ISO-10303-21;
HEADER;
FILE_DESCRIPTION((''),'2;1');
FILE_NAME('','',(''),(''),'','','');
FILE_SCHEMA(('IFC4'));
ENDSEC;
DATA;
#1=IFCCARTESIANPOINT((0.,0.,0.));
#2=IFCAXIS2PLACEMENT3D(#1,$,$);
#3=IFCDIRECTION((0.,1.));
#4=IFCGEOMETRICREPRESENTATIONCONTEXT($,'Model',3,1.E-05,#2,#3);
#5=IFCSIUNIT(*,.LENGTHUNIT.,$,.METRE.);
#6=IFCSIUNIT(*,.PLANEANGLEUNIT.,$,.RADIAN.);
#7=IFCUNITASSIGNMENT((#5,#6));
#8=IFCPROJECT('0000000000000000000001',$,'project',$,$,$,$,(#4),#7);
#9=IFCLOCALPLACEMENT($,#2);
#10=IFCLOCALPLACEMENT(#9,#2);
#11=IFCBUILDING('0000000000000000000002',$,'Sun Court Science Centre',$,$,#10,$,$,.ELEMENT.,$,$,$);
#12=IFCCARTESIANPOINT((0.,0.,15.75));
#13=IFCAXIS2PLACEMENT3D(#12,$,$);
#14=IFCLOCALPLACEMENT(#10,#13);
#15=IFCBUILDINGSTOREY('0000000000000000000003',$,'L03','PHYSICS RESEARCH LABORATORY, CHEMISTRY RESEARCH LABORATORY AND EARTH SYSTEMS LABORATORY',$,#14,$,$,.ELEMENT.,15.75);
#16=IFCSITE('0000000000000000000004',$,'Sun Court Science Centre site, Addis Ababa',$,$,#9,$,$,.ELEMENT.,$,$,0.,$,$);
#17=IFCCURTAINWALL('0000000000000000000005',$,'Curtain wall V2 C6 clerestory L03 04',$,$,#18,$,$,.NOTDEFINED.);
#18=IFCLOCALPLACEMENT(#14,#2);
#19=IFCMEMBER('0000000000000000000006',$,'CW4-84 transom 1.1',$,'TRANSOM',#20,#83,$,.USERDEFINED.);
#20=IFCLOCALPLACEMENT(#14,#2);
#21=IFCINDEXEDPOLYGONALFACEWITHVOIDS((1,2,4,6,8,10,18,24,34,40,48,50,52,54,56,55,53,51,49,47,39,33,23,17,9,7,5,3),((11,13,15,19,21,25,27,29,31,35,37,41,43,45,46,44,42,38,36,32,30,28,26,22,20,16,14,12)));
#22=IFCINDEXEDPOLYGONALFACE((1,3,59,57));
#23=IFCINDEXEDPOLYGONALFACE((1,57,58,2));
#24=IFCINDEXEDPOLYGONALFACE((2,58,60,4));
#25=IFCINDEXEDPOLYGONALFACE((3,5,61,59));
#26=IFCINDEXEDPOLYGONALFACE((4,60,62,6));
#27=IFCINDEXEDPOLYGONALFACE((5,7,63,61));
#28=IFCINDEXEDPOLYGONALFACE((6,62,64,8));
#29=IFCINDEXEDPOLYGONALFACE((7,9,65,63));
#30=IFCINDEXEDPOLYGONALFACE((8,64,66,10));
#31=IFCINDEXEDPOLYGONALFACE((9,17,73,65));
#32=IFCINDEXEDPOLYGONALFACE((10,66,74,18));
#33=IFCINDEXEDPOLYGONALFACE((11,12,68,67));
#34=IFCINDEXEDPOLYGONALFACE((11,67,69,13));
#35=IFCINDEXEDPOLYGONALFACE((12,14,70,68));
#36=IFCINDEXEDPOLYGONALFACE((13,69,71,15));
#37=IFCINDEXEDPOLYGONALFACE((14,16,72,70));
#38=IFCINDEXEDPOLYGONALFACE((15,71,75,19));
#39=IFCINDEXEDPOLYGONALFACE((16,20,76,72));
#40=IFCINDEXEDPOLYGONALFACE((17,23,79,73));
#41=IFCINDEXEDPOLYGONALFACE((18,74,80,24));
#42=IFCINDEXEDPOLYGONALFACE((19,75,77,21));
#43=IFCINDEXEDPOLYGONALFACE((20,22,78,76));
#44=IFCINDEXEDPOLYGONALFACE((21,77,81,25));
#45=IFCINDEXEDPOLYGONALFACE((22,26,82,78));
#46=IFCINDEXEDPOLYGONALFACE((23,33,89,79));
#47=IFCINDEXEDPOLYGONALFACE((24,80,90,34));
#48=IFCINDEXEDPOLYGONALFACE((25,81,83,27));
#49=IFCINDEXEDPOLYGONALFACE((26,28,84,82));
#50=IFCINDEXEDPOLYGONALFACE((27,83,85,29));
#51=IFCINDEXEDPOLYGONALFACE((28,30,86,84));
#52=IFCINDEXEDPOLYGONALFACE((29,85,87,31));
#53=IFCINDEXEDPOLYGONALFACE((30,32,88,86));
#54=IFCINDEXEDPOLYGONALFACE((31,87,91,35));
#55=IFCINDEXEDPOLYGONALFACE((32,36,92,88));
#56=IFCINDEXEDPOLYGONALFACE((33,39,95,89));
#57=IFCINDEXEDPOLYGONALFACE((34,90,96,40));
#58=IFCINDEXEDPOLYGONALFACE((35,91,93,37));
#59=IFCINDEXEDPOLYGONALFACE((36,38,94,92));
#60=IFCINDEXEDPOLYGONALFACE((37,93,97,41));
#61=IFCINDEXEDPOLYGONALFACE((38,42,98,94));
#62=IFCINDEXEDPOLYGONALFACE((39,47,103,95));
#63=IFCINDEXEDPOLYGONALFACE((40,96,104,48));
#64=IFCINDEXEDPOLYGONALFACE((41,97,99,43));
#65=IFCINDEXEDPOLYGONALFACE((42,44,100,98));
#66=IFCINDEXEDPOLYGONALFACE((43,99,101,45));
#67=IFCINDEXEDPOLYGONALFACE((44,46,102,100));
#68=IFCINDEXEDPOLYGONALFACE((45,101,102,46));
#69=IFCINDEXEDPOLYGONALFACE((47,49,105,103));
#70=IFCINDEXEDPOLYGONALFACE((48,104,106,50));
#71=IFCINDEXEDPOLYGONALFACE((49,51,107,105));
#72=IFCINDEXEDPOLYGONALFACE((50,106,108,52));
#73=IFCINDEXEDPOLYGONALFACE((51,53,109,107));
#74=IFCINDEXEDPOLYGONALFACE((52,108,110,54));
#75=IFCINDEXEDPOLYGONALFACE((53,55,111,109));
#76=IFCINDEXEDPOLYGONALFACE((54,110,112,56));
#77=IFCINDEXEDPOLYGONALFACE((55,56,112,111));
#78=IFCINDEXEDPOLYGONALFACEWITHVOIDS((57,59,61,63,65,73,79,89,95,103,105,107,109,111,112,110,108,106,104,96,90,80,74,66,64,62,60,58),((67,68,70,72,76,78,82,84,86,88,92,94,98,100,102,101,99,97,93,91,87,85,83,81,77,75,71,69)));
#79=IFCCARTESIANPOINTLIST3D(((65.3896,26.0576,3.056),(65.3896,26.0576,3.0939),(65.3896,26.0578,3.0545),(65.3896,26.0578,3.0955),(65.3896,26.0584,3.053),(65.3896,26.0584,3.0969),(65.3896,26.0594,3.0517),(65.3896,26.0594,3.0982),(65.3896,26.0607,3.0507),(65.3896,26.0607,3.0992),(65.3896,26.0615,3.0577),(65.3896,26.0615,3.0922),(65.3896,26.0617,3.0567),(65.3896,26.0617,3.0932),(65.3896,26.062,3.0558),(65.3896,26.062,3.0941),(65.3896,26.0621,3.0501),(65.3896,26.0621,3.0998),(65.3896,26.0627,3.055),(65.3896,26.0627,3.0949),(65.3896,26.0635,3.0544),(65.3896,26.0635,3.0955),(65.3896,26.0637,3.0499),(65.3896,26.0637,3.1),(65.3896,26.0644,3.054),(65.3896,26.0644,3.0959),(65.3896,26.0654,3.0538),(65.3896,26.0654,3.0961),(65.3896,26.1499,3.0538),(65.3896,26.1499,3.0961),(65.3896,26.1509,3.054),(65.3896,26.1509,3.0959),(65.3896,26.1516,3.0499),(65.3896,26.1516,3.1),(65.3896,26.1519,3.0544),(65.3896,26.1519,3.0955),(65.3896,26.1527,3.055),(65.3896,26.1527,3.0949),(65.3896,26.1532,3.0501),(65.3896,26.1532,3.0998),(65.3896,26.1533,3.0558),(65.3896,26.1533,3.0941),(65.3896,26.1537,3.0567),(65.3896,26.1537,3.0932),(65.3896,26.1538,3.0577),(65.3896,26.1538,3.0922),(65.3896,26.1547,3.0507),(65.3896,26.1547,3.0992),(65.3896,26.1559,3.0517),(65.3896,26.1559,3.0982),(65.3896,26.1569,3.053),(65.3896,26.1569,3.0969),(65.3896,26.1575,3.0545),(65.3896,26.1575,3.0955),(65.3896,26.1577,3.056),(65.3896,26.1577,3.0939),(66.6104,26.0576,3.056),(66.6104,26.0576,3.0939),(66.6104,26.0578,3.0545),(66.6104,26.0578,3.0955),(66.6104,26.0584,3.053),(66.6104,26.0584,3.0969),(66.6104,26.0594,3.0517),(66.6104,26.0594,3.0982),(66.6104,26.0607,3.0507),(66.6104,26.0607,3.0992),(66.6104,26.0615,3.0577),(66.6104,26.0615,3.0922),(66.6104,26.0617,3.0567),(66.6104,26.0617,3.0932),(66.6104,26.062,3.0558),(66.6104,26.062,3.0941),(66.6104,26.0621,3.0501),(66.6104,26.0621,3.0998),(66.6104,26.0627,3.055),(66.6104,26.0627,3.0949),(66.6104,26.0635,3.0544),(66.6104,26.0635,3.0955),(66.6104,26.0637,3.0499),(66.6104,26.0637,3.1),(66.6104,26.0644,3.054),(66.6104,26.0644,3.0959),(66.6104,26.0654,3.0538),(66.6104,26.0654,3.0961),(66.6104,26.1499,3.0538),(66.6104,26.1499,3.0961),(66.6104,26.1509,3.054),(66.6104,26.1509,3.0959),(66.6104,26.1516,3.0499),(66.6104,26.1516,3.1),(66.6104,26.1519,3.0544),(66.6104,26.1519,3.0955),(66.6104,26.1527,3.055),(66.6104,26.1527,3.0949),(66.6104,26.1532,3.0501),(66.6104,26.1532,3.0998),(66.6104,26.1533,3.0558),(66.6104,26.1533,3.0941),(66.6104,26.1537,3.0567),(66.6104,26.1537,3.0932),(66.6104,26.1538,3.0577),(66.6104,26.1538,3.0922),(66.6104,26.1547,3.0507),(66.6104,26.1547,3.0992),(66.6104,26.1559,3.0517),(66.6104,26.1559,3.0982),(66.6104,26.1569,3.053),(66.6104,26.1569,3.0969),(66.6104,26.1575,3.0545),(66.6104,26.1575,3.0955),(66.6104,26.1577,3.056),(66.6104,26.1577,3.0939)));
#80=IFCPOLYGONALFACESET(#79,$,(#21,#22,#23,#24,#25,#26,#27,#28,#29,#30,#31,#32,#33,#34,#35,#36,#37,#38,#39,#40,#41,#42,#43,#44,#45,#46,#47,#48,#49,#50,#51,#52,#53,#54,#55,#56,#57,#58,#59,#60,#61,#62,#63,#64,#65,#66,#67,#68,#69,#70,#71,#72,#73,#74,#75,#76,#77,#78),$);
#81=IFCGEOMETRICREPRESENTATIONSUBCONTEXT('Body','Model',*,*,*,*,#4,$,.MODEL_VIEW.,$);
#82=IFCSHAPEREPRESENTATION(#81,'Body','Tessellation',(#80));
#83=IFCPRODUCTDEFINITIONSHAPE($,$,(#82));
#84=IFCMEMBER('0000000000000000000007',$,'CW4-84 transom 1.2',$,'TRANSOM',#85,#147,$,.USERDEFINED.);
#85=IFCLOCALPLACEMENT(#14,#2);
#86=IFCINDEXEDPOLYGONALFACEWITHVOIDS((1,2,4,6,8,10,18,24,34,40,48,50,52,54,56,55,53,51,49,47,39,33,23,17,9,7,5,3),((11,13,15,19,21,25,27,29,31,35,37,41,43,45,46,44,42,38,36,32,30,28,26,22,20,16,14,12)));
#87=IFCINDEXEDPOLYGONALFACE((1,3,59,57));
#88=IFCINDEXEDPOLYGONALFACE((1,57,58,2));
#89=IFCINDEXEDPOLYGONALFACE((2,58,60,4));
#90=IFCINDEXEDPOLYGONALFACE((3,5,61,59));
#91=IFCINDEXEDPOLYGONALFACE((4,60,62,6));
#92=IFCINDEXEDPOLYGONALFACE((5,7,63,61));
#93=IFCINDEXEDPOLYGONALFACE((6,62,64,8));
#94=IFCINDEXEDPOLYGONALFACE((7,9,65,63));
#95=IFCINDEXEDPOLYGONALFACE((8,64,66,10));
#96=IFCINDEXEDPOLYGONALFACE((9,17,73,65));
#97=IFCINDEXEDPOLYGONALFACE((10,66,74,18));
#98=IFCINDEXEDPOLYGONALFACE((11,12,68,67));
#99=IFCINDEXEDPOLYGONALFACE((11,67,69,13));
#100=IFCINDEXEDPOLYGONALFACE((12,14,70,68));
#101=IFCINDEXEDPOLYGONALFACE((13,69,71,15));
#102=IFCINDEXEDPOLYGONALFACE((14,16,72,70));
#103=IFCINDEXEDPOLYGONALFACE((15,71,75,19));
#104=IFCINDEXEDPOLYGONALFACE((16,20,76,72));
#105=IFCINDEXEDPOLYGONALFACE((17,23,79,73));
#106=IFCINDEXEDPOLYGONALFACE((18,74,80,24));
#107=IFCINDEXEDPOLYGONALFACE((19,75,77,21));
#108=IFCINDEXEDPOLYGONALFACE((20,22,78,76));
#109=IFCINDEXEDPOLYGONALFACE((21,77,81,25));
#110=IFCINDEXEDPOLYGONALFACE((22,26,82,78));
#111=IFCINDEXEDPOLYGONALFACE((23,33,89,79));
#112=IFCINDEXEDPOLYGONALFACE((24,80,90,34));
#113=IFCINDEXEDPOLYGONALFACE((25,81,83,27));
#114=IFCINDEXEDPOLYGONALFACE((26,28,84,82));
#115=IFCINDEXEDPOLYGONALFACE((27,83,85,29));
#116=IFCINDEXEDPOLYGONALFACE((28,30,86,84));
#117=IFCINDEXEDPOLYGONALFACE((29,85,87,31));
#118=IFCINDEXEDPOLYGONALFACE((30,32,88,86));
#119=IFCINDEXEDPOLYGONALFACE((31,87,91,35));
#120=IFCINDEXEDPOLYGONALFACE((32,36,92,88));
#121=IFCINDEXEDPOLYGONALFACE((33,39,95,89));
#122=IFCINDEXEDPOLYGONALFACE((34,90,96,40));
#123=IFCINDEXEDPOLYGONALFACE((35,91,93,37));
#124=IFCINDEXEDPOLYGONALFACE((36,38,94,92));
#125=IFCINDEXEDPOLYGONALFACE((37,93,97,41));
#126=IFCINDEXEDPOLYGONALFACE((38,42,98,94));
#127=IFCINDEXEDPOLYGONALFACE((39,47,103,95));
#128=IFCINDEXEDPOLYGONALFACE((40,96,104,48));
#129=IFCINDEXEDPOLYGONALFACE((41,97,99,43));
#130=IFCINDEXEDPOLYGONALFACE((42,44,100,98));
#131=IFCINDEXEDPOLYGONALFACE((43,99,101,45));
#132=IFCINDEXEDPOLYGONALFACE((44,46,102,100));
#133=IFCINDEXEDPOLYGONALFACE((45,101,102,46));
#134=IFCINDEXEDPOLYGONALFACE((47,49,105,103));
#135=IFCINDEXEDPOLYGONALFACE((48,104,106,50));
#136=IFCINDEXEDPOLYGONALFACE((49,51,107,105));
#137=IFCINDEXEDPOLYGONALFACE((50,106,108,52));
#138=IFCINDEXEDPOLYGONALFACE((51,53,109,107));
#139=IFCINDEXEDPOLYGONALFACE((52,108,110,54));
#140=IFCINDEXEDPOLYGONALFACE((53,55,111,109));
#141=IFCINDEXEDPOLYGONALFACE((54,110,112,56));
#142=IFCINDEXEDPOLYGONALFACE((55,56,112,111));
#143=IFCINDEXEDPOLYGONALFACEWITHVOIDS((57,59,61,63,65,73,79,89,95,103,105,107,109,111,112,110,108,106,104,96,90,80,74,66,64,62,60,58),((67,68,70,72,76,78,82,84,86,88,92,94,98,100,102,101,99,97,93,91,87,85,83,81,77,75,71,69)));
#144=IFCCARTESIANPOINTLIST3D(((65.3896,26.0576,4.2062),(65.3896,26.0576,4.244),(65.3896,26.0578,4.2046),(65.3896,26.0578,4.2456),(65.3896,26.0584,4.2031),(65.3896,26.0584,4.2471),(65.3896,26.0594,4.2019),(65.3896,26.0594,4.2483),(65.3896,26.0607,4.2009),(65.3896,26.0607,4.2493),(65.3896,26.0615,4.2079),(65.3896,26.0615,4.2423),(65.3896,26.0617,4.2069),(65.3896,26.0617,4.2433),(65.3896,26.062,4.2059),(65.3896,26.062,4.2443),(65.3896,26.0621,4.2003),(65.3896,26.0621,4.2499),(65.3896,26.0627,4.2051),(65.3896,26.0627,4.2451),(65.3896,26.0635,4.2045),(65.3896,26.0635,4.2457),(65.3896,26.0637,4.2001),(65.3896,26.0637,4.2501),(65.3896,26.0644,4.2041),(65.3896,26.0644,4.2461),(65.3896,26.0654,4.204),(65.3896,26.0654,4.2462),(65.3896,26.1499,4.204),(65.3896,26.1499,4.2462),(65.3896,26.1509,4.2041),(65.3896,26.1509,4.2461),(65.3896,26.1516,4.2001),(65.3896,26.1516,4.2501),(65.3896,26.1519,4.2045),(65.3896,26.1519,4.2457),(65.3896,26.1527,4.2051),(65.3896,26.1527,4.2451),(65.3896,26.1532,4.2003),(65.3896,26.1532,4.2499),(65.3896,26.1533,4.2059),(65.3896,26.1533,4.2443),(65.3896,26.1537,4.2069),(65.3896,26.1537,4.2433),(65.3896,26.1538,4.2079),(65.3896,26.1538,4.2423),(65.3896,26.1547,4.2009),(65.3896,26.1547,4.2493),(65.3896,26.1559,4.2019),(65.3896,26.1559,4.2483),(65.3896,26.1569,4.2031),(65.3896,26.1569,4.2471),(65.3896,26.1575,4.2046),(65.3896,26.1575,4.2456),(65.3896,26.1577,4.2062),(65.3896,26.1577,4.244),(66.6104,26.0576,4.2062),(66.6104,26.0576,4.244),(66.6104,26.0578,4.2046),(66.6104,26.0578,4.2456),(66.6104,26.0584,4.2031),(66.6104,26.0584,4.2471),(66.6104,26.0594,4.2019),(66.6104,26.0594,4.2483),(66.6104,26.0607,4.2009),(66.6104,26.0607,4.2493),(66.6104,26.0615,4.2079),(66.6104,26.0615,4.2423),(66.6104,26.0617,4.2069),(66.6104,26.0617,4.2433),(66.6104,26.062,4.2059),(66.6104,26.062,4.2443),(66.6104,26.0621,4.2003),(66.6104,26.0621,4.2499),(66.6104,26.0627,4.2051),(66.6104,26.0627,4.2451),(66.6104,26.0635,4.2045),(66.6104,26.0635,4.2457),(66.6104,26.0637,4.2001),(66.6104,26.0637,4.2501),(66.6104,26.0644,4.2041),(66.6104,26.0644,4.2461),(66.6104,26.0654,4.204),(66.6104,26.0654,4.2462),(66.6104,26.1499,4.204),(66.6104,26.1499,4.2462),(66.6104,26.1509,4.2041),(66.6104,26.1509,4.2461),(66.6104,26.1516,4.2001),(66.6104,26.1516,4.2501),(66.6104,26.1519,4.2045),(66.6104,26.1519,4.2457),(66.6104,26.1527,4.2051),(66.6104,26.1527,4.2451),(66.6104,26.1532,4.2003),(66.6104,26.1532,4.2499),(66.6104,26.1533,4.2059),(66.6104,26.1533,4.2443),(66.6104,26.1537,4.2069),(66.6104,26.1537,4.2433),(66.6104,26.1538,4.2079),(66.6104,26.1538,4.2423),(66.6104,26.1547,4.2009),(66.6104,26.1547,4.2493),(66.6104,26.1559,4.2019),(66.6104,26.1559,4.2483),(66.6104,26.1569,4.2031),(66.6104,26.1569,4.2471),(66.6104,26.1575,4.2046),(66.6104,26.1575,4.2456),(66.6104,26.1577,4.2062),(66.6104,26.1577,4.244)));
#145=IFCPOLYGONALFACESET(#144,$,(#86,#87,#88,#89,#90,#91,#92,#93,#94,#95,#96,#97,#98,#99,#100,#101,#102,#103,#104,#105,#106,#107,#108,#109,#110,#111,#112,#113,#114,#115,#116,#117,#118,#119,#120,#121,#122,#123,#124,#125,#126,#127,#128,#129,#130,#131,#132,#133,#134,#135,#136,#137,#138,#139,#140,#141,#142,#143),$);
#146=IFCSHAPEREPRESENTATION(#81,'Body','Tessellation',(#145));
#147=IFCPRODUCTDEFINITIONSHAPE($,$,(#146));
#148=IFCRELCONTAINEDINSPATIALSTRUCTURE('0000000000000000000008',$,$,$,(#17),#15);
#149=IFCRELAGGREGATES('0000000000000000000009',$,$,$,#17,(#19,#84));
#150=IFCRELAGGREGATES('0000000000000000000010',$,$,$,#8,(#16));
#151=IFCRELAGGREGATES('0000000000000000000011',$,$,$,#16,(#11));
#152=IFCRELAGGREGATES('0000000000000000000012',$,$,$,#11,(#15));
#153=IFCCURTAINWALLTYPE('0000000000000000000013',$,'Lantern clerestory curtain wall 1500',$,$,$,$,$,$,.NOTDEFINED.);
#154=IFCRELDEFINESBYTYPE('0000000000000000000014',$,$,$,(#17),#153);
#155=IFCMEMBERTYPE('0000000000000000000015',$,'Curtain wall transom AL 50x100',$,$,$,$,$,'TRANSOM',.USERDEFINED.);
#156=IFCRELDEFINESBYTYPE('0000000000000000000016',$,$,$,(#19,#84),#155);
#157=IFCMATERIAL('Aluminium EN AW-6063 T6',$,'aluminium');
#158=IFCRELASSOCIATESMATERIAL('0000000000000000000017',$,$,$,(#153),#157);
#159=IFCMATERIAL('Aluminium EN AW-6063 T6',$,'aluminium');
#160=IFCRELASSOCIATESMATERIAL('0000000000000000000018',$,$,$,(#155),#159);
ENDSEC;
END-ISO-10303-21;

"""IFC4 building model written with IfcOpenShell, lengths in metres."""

from ifc_helpers import new_model, si_unit, direction, frame, origin, origin_2d, place, context, subcontext, project, spatial, hollow_rectangle, extrude, material, material_profile, profile_set, type_object, element, aggregate, save


model = new_model("IFC4")

# Units and contexts
model_context = context("Model", 3, precision=1e-05, world=origin(), true_north=direction((0.0, 1.0)))
body_context = subcontext(model_context, "Body", "Model", "MODEL_VIEW")
ifc_project = project(units=[si_unit("LENGTHUNIT", "METRE"), si_unit("PLANEANGLEUNIT", "RADIAN")], contexts=[model_context])

# Site, building, storey
site_placement = place(None, origin())
site = spatial("IfcSite", under=ifc_project, at=site_placement, Name="Sun Court Science Centre site, Addis Ababa", CompositionType="ELEMENT", RefElevation=0.0)
building_placement = place(site_placement, origin())
building = spatial("IfcBuilding", under=site, at=building_placement, Name="Sun Court Science Centre", CompositionType="ELEMENT")
storey_placement = place(building_placement, frame((0.0, 0.0, 15.75)))
storey = spatial("IfcBuildingStorey", under=building, at=storey_placement, Name="L03", Description="PHYSICS RESEARCH LABORATORY, CHEMISTRY RESEARCH LABORATORY AND EARTH SYSTEMS LABORATORY", CompositionType="ELEMENT", Elevation=15.75)

# Shared definitions
ifc_material_1 = material(Name="Aluminium EN AW-6063 T6", Category="aluminium")
curtain_wall_type = type_object("IfcCurtainWallType", Name="Lantern clerestory curtain wall 1500", PredefinedType="NOTDEFINED", material=ifc_material_1)

# Curtain wall
curtain_wall_1_placement = place(storey_placement, origin())
curtain_wall_1 = element("IfcCurtainWall", 1, at=curtain_wall_1_placement, inside=storey, type_object=curtain_wall_type, Name="Curtain wall V2 C6 clerestory L03 04", PredefinedType="NOTDEFINED")

# Members
ifc_material_2 = material(Name="Aluminium EN AW-6063 T6", Category="aluminium")
ifc_material_profile_1 = material_profile(ifc_material_2, hollow_rectangle(XDim=0.05, YDim=0.1001, WallThickness=0.0039, InnerFilletRadius=0.0039, OuterFilletRadius=0.0061, at=origin_2d()), Name="AL 50x100x4")
ifc_profile_set_1 = profile_set([ifc_material_profile_1], Name="Aluminium EN AW-6063 T6")
member_type_1 = type_object("IfcMemberType", Name="Curtain wall transom AL 50x100", ElementType="TRANSOM", PredefinedType="USERDEFINED", material=ifc_profile_set_1)
member_1_placement = place(storey_placement, frame((65.3896, 26.1077, 3.075), z_axis=(1.0, 0.0, 0.0), x_axis=(0.0, 0.0, 1.0)))
member_1 = element("IfcMember", 2, at=member_1_placement, type_object=member_type_1, Name="CW4-84 transom 1.1", ObjectType="TRANSOM", PredefinedType="USERDEFINED", context=body_context, shape_type="SweptSolid", body=[
    extrude(hollow_rectangle(XDim=0.05, YDim=0.1001, WallThickness=0.0039, InnerFilletRadius=0.0039, OuterFilletRadius=0.0061, at=origin_2d()), origin(), (0.0, 0.0, 1.0), 1.2207),
])
member_2_placement = place(storey_placement, frame((65.3896, 26.1077, 4.2251), z_axis=(1.0, 0.0, 0.0), x_axis=(0.0, 0.0, 1.0)))
member_2 = element("IfcMember", 3, at=member_2_placement, type_object=member_type_1, Name="CW4-84 transom 1.2", ObjectType="TRANSOM", PredefinedType="USERDEFINED", context=body_context, shape_type="SweptSolid", body=[
    extrude(hollow_rectangle(XDim=0.05, YDim=0.1001, WallThickness=0.0039, InnerFilletRadius=0.0039, OuterFilletRadius=0.0061, at=origin_2d()), origin(), (0.0, 0.0, 1.0), 1.2207),
])

aggregate(curtain_wall_1, [member_1, member_2])

save(model, "model.ifc")
